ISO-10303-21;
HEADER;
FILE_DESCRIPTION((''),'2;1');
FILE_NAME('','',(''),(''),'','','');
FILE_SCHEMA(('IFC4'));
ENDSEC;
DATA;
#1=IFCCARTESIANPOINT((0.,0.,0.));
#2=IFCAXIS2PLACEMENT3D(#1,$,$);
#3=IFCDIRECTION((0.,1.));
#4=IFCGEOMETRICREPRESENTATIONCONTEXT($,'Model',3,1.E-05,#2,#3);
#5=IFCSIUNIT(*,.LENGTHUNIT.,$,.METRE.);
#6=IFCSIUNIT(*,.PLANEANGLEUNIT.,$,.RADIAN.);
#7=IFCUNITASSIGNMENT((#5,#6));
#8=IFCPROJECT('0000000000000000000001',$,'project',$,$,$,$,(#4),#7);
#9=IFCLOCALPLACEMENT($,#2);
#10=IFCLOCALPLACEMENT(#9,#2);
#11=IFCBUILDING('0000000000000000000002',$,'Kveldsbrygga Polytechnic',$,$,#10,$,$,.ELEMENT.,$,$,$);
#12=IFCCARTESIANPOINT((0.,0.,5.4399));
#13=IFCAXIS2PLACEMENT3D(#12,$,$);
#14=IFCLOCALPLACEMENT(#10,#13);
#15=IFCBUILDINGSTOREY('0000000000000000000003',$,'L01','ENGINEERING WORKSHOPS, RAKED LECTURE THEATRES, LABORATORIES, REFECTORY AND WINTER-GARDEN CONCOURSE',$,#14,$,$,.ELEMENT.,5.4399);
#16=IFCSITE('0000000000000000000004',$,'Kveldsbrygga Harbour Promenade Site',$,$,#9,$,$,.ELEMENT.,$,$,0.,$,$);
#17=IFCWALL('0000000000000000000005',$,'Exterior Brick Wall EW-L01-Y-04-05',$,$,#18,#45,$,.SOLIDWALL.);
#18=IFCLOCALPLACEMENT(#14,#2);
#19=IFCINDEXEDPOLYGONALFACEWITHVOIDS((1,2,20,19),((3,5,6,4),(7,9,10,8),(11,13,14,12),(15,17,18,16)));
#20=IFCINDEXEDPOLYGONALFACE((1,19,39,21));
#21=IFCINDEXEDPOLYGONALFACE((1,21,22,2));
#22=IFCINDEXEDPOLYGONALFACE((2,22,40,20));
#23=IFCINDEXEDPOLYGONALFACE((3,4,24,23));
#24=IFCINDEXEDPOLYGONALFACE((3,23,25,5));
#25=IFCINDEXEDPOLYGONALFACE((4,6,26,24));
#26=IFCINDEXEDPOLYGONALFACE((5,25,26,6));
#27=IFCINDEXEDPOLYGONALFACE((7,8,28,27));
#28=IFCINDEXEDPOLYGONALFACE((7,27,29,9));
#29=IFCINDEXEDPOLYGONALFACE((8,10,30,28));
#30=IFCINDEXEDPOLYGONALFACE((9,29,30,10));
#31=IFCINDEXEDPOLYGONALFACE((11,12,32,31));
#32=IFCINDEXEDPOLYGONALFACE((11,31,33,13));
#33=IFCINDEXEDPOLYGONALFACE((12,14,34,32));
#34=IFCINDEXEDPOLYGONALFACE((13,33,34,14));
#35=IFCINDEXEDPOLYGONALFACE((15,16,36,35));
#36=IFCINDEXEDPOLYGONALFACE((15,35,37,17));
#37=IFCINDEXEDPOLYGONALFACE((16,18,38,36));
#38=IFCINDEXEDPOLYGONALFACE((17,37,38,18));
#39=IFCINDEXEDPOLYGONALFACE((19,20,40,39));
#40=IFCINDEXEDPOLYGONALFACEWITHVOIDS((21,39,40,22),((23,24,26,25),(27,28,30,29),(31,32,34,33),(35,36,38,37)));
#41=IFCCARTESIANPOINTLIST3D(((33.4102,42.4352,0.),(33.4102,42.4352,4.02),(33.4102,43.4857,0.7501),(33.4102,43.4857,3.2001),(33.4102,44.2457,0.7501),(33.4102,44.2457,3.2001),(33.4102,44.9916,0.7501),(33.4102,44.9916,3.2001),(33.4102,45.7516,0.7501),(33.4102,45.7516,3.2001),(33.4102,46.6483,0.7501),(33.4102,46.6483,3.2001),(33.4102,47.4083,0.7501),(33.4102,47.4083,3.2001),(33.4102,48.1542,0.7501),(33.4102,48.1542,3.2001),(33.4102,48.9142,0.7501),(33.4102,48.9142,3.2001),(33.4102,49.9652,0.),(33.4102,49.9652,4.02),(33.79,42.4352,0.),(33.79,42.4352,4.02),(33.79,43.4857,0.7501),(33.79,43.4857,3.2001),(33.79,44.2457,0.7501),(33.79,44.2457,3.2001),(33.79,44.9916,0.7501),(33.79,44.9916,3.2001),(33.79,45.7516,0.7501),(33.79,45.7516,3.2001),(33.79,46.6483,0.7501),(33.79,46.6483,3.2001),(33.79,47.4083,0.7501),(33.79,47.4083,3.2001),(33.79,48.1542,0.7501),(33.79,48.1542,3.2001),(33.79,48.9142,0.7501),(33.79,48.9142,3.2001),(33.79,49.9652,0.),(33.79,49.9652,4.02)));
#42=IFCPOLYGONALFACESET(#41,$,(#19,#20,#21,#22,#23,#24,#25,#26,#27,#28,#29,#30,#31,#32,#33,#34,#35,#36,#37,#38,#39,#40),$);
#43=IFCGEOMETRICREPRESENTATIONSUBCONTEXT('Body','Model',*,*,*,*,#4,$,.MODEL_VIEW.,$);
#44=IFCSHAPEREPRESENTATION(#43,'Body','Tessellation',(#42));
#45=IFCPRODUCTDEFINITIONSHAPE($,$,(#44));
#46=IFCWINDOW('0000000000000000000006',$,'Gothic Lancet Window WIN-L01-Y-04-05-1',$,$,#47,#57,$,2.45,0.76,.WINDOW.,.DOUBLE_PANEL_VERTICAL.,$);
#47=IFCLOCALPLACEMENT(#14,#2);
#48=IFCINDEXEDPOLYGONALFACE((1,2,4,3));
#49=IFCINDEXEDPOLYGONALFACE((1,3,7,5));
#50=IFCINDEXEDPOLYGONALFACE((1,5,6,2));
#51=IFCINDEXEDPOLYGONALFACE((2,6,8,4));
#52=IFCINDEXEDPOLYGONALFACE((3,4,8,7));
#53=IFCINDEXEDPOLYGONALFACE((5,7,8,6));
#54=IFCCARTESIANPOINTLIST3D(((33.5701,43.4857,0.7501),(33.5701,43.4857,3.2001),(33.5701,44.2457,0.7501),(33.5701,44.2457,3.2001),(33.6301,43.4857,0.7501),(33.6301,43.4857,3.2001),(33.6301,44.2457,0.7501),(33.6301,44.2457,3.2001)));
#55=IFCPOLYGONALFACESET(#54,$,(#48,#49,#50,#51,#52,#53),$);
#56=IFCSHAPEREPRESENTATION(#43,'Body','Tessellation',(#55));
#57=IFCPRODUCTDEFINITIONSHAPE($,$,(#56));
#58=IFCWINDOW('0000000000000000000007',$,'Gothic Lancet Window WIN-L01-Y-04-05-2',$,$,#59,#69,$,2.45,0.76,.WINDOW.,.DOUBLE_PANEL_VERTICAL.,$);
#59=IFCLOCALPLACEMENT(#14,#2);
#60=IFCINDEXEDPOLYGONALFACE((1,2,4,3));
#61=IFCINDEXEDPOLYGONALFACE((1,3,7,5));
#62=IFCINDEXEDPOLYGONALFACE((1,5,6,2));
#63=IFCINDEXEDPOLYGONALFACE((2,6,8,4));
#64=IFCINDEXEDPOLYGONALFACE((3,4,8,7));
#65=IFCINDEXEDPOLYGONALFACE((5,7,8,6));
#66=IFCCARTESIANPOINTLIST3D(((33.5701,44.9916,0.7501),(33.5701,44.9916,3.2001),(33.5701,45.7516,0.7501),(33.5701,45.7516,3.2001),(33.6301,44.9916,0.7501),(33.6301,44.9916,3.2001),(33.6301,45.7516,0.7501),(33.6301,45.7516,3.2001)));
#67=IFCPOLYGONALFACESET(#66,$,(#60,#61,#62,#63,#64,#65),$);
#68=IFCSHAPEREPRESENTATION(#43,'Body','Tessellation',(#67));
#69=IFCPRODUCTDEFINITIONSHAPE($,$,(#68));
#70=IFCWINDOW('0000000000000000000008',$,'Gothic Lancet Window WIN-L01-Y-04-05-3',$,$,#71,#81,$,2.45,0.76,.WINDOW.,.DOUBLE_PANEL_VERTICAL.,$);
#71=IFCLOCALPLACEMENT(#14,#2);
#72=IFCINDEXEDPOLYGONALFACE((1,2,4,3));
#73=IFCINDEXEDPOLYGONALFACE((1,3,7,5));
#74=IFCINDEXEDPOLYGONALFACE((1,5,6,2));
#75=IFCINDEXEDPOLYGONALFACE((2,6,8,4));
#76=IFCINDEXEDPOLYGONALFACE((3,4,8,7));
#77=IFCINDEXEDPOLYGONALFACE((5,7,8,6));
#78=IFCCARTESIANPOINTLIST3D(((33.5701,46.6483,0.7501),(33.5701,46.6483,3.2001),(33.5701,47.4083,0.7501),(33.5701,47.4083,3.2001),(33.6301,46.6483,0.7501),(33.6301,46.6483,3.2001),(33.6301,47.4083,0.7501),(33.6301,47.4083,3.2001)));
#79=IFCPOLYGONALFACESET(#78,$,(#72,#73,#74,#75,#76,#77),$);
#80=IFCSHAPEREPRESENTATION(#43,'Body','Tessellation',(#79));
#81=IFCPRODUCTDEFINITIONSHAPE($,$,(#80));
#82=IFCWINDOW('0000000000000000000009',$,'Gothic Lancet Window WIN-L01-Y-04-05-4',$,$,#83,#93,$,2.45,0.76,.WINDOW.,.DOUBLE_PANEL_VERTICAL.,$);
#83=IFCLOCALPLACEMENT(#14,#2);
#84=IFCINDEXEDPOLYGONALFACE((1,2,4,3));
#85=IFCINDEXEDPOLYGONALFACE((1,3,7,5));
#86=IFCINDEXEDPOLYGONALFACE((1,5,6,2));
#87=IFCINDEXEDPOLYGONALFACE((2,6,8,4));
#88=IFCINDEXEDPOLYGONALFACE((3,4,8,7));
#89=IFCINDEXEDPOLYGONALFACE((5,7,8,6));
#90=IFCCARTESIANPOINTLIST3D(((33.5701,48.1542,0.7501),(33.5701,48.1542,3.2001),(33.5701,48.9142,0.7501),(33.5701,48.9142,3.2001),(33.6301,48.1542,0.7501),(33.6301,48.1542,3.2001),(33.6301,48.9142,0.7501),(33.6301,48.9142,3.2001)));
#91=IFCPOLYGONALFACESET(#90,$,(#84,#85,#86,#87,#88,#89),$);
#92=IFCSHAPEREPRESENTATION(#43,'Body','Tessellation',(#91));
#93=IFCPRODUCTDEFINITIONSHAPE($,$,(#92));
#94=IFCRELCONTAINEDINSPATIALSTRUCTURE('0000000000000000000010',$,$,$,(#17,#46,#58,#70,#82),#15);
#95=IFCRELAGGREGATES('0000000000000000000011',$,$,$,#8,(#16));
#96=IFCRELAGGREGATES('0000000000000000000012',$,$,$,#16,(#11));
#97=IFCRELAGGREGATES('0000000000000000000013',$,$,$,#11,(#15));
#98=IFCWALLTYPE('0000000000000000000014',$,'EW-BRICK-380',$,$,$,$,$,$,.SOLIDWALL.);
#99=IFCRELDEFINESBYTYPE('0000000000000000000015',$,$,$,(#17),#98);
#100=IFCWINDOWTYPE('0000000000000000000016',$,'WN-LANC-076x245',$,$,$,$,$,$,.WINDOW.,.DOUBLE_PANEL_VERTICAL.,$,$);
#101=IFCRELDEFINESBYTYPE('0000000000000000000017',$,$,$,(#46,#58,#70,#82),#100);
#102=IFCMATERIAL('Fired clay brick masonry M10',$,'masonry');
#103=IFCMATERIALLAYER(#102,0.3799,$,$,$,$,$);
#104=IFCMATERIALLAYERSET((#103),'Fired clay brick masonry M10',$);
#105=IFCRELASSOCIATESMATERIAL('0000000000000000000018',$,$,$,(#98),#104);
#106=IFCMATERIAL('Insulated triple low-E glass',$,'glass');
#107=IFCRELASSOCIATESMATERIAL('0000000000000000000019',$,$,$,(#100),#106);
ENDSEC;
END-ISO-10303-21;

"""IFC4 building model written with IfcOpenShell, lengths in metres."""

from ifc_helpers import new_model, si_unit, direction, frame, frame_2d, origin, place, context, subcontext, project, spatial, rectangle, extrude, material, layer, layer_set, type_object, element, fill, save


model = new_model("IFC4")

# Units and contexts
model_context = context("Model", 3, precision=1e-05, world=origin(), true_north=direction((0.0, 1.0)))
body_context = subcontext(model_context, "Body", "Model", "MODEL_VIEW")
ifc_project = project(units=[si_unit("LENGTHUNIT", "METRE"), si_unit("PLANEANGLEUNIT", "RADIAN")], contexts=[model_context])

# Site, building, storey
site_placement = place(None, origin())
site = spatial("IfcSite", under=ifc_project, at=site_placement, Name="Kveldsbrygga Harbour Promenade Site", CompositionType="ELEMENT", RefElevation=0.0)
building_placement = place(site_placement, origin())
building = spatial("IfcBuilding", under=site, at=building_placement, Name="Kveldsbrygga Polytechnic", CompositionType="ELEMENT")
storey_placement = place(building_placement, frame((0.0, 0.0, 5.4399)))
storey = spatial("IfcBuildingStorey", under=building, at=storey_placement, Name="L01", Description="ENGINEERING WORKSHOPS, RAKED LECTURE THEATRES, LABORATORIES, REFECTORY AND WINTER-GARDEN CONCOURSE", CompositionType="ELEMENT", Elevation=5.4399)

# Wall, openings, windows
ifc_material_1 = material(Name="Fired clay brick masonry M10", Category="masonry")
ifc_layer_1 = layer(ifc_material_1, 0.3799)
ifc_layer_set_1 = layer_set([ifc_layer_1], Name="Fired clay brick masonry M10")
wall_type_1 = type_object("IfcWallType", Name="EW-BRICK-380", PredefinedType="SOLIDWALL", material=ifc_layer_set_1)
wall_1_placement = place(storey_placement, frame((33.6001, 42.4351, 0.0), z_axis=(0.0, 0.0, 1.0), x_axis=(0.0, 1.0, 0.0)))
wall_1 = element("IfcWall", 1, at=wall_1_placement, inside=storey, type_object=wall_type_1, Name="Exterior Brick Wall EW-L01-Y-04-05", PredefinedType="SOLIDWALL", context=body_context, shape_type="SweptSolid", body=[
    extrude(rectangle(XDim=7.53, YDim=0.3799, at=frame_2d((3.7651, 0.0))), origin(), (0.0, 0.0, 1.0), 4.02),
])
opening_1_placement = place(wall_1_placement, frame((1.0508, 0.0, 0.75)))
opening_1 = element("IfcOpeningElement", 2, at=opening_1_placement, cuts=wall_1, PredefinedType="OPENING", context=body_context, shape_type="SweptSolid", body=[
    extrude(rectangle(XDim=0.76, YDim=2.45, at=frame_2d((0.3799, 1.2251))), frame((0.0, 0.2, 0.0), z_axis=(0.0, -1.0, 0.0), x_axis=(1.0, 0.0, 0.0)), (0.0, 0.0, 1.0), 0.3999),
])
opening_2_placement = place(wall_1_placement, frame((2.5566, 0.0, 0.75)))
opening_2 = element("IfcOpeningElement", 3, at=opening_2_placement, cuts=wall_1, PredefinedType="OPENING", context=body_context, shape_type="SweptSolid", body=[
    extrude(rectangle(XDim=0.76, YDim=2.45, at=frame_2d((0.3799, 1.2251))), frame((0.0, 0.2, 0.0), z_axis=(0.0, -1.0, 0.0), x_axis=(1.0, 0.0, 0.0)), (0.0, 0.0, 1.0), 0.3999),
])
opening_3_placement = place(wall_1_placement, frame((4.2134, 0.0, 0.75)))
opening_3 = element("IfcOpeningElement", 4, at=opening_3_placement, cuts=wall_1, PredefinedType="OPENING", context=body_context, shape_type="SweptSolid", body=[
    extrude(rectangle(XDim=0.76, YDim=2.45, at=frame_2d((0.3799, 1.2251))), frame((0.0, 0.2, 0.0), z_axis=(0.0, -1.0, 0.0), x_axis=(1.0, 0.0, 0.0)), (0.0, 0.0, 1.0), 0.3999),
])
opening_4_placement = place(wall_1_placement, frame((5.7192, 0.0, 0.75)))
opening_4 = element("IfcOpeningElement", 5, at=opening_4_placement, cuts=wall_1, PredefinedType="OPENING", context=body_context, shape_type="SweptSolid", body=[
    extrude(rectangle(XDim=0.76, YDim=2.45, at=frame_2d((0.3799, 1.2251))), frame((0.0, 0.2, 0.0), z_axis=(0.0, -1.0, 0.0), x_axis=(1.0, 0.0, 0.0)), (0.0, 0.0, 1.0), 0.3999),
])
ifc_material_2 = material(Name="Insulated triple low-E glass", Category="glass")
window_type_1 = type_object("IfcWindowType", Name="WN-LANC-076x245", PartitioningType="DOUBLE_PANEL_VERTICAL", PredefinedType="WINDOW", material=ifc_material_2)
window_1_placement = place(opening_1_placement, origin())
window_1 = element("IfcWindow", 6, at=window_1_placement, inside=storey, type_object=window_type_1, Name="Gothic Lancet Window WIN-L01-Y-04-05-1", OverallHeight=2.45, OverallWidth=0.76, PartitioningType="DOUBLE_PANEL_VERTICAL", PredefinedType="WINDOW", context=body_context, shape_type="SweptSolid", body=[
    extrude(rectangle(XDim=0.76, YDim=2.45, at=frame_2d((0.3799, 1.2251))), frame((0.0, 0.03, 0.0), z_axis=(0.0, -1.0, 0.0), x_axis=(1.0, 0.0, 0.0)), (0.0, 0.0, 1.0), 0.0601),
])
fill(opening_1, window_1)
window_2_placement = place(opening_2_placement, origin())
window_2 = element("IfcWindow", 7, at=window_2_placement, inside=storey, type_object=window_type_1, Name="Gothic Lancet Window WIN-L01-Y-04-05-2", OverallHeight=2.45, OverallWidth=0.76, PartitioningType="DOUBLE_PANEL_VERTICAL", PredefinedType="WINDOW", context=body_context, shape_type="SweptSolid", body=[
    extrude(rectangle(XDim=0.76, YDim=2.45, at=frame_2d((0.3799, 1.2251))), frame((0.0, 0.03, 0.0), z_axis=(0.0, -1.0, 0.0), x_axis=(1.0, 0.0, 0.0)), (0.0, 0.0, 1.0), 0.0601),
])
fill(opening_2, window_2)
window_3_placement = place(opening_3_placement, origin())
window_3 = element("IfcWindow", 8, at=window_3_placement, inside=storey, type_object=window_type_1, Name="Gothic Lancet Window WIN-L01-Y-04-05-3", OverallHeight=2.45, OverallWidth=0.76, PartitioningType="DOUBLE_PANEL_VERTICAL", PredefinedType="WINDOW", context=body_context, shape_type="SweptSolid", body=[
    extrude(rectangle(XDim=0.76, YDim=2.45, at=frame_2d((0.3799, 1.2251))), frame((0.0, 0.03, 0.0), z_axis=(0.0, -1.0, 0.0), x_axis=(1.0, 0.0, 0.0)), (0.0, 0.0, 1.0), 0.0601),
])
fill(opening_3, window_3)
window_4_placement = place(opening_4_placement, origin())
window_4 = element("IfcWindow", 9, at=window_4_placement, inside=storey, type_object=window_type_1, Name="Gothic Lancet Window WIN-L01-Y-04-05-4", OverallHeight=2.45, OverallWidth=0.76, PartitioningType="DOUBLE_PANEL_VERTICAL", PredefinedType="WINDOW", context=body_context, shape_type="SweptSolid", body=[
    extrude(rectangle(XDim=0.76, YDim=2.45, at=frame_2d((0.3799, 1.2251))), frame((0.0, 0.03, 0.0), z_axis=(0.0, -1.0, 0.0), x_axis=(1.0, 0.0, 0.0)), (0.0, 0.0, 1.0), 0.0601),
])
fill(opening_4, window_4)

save(model, "model.ifc")
